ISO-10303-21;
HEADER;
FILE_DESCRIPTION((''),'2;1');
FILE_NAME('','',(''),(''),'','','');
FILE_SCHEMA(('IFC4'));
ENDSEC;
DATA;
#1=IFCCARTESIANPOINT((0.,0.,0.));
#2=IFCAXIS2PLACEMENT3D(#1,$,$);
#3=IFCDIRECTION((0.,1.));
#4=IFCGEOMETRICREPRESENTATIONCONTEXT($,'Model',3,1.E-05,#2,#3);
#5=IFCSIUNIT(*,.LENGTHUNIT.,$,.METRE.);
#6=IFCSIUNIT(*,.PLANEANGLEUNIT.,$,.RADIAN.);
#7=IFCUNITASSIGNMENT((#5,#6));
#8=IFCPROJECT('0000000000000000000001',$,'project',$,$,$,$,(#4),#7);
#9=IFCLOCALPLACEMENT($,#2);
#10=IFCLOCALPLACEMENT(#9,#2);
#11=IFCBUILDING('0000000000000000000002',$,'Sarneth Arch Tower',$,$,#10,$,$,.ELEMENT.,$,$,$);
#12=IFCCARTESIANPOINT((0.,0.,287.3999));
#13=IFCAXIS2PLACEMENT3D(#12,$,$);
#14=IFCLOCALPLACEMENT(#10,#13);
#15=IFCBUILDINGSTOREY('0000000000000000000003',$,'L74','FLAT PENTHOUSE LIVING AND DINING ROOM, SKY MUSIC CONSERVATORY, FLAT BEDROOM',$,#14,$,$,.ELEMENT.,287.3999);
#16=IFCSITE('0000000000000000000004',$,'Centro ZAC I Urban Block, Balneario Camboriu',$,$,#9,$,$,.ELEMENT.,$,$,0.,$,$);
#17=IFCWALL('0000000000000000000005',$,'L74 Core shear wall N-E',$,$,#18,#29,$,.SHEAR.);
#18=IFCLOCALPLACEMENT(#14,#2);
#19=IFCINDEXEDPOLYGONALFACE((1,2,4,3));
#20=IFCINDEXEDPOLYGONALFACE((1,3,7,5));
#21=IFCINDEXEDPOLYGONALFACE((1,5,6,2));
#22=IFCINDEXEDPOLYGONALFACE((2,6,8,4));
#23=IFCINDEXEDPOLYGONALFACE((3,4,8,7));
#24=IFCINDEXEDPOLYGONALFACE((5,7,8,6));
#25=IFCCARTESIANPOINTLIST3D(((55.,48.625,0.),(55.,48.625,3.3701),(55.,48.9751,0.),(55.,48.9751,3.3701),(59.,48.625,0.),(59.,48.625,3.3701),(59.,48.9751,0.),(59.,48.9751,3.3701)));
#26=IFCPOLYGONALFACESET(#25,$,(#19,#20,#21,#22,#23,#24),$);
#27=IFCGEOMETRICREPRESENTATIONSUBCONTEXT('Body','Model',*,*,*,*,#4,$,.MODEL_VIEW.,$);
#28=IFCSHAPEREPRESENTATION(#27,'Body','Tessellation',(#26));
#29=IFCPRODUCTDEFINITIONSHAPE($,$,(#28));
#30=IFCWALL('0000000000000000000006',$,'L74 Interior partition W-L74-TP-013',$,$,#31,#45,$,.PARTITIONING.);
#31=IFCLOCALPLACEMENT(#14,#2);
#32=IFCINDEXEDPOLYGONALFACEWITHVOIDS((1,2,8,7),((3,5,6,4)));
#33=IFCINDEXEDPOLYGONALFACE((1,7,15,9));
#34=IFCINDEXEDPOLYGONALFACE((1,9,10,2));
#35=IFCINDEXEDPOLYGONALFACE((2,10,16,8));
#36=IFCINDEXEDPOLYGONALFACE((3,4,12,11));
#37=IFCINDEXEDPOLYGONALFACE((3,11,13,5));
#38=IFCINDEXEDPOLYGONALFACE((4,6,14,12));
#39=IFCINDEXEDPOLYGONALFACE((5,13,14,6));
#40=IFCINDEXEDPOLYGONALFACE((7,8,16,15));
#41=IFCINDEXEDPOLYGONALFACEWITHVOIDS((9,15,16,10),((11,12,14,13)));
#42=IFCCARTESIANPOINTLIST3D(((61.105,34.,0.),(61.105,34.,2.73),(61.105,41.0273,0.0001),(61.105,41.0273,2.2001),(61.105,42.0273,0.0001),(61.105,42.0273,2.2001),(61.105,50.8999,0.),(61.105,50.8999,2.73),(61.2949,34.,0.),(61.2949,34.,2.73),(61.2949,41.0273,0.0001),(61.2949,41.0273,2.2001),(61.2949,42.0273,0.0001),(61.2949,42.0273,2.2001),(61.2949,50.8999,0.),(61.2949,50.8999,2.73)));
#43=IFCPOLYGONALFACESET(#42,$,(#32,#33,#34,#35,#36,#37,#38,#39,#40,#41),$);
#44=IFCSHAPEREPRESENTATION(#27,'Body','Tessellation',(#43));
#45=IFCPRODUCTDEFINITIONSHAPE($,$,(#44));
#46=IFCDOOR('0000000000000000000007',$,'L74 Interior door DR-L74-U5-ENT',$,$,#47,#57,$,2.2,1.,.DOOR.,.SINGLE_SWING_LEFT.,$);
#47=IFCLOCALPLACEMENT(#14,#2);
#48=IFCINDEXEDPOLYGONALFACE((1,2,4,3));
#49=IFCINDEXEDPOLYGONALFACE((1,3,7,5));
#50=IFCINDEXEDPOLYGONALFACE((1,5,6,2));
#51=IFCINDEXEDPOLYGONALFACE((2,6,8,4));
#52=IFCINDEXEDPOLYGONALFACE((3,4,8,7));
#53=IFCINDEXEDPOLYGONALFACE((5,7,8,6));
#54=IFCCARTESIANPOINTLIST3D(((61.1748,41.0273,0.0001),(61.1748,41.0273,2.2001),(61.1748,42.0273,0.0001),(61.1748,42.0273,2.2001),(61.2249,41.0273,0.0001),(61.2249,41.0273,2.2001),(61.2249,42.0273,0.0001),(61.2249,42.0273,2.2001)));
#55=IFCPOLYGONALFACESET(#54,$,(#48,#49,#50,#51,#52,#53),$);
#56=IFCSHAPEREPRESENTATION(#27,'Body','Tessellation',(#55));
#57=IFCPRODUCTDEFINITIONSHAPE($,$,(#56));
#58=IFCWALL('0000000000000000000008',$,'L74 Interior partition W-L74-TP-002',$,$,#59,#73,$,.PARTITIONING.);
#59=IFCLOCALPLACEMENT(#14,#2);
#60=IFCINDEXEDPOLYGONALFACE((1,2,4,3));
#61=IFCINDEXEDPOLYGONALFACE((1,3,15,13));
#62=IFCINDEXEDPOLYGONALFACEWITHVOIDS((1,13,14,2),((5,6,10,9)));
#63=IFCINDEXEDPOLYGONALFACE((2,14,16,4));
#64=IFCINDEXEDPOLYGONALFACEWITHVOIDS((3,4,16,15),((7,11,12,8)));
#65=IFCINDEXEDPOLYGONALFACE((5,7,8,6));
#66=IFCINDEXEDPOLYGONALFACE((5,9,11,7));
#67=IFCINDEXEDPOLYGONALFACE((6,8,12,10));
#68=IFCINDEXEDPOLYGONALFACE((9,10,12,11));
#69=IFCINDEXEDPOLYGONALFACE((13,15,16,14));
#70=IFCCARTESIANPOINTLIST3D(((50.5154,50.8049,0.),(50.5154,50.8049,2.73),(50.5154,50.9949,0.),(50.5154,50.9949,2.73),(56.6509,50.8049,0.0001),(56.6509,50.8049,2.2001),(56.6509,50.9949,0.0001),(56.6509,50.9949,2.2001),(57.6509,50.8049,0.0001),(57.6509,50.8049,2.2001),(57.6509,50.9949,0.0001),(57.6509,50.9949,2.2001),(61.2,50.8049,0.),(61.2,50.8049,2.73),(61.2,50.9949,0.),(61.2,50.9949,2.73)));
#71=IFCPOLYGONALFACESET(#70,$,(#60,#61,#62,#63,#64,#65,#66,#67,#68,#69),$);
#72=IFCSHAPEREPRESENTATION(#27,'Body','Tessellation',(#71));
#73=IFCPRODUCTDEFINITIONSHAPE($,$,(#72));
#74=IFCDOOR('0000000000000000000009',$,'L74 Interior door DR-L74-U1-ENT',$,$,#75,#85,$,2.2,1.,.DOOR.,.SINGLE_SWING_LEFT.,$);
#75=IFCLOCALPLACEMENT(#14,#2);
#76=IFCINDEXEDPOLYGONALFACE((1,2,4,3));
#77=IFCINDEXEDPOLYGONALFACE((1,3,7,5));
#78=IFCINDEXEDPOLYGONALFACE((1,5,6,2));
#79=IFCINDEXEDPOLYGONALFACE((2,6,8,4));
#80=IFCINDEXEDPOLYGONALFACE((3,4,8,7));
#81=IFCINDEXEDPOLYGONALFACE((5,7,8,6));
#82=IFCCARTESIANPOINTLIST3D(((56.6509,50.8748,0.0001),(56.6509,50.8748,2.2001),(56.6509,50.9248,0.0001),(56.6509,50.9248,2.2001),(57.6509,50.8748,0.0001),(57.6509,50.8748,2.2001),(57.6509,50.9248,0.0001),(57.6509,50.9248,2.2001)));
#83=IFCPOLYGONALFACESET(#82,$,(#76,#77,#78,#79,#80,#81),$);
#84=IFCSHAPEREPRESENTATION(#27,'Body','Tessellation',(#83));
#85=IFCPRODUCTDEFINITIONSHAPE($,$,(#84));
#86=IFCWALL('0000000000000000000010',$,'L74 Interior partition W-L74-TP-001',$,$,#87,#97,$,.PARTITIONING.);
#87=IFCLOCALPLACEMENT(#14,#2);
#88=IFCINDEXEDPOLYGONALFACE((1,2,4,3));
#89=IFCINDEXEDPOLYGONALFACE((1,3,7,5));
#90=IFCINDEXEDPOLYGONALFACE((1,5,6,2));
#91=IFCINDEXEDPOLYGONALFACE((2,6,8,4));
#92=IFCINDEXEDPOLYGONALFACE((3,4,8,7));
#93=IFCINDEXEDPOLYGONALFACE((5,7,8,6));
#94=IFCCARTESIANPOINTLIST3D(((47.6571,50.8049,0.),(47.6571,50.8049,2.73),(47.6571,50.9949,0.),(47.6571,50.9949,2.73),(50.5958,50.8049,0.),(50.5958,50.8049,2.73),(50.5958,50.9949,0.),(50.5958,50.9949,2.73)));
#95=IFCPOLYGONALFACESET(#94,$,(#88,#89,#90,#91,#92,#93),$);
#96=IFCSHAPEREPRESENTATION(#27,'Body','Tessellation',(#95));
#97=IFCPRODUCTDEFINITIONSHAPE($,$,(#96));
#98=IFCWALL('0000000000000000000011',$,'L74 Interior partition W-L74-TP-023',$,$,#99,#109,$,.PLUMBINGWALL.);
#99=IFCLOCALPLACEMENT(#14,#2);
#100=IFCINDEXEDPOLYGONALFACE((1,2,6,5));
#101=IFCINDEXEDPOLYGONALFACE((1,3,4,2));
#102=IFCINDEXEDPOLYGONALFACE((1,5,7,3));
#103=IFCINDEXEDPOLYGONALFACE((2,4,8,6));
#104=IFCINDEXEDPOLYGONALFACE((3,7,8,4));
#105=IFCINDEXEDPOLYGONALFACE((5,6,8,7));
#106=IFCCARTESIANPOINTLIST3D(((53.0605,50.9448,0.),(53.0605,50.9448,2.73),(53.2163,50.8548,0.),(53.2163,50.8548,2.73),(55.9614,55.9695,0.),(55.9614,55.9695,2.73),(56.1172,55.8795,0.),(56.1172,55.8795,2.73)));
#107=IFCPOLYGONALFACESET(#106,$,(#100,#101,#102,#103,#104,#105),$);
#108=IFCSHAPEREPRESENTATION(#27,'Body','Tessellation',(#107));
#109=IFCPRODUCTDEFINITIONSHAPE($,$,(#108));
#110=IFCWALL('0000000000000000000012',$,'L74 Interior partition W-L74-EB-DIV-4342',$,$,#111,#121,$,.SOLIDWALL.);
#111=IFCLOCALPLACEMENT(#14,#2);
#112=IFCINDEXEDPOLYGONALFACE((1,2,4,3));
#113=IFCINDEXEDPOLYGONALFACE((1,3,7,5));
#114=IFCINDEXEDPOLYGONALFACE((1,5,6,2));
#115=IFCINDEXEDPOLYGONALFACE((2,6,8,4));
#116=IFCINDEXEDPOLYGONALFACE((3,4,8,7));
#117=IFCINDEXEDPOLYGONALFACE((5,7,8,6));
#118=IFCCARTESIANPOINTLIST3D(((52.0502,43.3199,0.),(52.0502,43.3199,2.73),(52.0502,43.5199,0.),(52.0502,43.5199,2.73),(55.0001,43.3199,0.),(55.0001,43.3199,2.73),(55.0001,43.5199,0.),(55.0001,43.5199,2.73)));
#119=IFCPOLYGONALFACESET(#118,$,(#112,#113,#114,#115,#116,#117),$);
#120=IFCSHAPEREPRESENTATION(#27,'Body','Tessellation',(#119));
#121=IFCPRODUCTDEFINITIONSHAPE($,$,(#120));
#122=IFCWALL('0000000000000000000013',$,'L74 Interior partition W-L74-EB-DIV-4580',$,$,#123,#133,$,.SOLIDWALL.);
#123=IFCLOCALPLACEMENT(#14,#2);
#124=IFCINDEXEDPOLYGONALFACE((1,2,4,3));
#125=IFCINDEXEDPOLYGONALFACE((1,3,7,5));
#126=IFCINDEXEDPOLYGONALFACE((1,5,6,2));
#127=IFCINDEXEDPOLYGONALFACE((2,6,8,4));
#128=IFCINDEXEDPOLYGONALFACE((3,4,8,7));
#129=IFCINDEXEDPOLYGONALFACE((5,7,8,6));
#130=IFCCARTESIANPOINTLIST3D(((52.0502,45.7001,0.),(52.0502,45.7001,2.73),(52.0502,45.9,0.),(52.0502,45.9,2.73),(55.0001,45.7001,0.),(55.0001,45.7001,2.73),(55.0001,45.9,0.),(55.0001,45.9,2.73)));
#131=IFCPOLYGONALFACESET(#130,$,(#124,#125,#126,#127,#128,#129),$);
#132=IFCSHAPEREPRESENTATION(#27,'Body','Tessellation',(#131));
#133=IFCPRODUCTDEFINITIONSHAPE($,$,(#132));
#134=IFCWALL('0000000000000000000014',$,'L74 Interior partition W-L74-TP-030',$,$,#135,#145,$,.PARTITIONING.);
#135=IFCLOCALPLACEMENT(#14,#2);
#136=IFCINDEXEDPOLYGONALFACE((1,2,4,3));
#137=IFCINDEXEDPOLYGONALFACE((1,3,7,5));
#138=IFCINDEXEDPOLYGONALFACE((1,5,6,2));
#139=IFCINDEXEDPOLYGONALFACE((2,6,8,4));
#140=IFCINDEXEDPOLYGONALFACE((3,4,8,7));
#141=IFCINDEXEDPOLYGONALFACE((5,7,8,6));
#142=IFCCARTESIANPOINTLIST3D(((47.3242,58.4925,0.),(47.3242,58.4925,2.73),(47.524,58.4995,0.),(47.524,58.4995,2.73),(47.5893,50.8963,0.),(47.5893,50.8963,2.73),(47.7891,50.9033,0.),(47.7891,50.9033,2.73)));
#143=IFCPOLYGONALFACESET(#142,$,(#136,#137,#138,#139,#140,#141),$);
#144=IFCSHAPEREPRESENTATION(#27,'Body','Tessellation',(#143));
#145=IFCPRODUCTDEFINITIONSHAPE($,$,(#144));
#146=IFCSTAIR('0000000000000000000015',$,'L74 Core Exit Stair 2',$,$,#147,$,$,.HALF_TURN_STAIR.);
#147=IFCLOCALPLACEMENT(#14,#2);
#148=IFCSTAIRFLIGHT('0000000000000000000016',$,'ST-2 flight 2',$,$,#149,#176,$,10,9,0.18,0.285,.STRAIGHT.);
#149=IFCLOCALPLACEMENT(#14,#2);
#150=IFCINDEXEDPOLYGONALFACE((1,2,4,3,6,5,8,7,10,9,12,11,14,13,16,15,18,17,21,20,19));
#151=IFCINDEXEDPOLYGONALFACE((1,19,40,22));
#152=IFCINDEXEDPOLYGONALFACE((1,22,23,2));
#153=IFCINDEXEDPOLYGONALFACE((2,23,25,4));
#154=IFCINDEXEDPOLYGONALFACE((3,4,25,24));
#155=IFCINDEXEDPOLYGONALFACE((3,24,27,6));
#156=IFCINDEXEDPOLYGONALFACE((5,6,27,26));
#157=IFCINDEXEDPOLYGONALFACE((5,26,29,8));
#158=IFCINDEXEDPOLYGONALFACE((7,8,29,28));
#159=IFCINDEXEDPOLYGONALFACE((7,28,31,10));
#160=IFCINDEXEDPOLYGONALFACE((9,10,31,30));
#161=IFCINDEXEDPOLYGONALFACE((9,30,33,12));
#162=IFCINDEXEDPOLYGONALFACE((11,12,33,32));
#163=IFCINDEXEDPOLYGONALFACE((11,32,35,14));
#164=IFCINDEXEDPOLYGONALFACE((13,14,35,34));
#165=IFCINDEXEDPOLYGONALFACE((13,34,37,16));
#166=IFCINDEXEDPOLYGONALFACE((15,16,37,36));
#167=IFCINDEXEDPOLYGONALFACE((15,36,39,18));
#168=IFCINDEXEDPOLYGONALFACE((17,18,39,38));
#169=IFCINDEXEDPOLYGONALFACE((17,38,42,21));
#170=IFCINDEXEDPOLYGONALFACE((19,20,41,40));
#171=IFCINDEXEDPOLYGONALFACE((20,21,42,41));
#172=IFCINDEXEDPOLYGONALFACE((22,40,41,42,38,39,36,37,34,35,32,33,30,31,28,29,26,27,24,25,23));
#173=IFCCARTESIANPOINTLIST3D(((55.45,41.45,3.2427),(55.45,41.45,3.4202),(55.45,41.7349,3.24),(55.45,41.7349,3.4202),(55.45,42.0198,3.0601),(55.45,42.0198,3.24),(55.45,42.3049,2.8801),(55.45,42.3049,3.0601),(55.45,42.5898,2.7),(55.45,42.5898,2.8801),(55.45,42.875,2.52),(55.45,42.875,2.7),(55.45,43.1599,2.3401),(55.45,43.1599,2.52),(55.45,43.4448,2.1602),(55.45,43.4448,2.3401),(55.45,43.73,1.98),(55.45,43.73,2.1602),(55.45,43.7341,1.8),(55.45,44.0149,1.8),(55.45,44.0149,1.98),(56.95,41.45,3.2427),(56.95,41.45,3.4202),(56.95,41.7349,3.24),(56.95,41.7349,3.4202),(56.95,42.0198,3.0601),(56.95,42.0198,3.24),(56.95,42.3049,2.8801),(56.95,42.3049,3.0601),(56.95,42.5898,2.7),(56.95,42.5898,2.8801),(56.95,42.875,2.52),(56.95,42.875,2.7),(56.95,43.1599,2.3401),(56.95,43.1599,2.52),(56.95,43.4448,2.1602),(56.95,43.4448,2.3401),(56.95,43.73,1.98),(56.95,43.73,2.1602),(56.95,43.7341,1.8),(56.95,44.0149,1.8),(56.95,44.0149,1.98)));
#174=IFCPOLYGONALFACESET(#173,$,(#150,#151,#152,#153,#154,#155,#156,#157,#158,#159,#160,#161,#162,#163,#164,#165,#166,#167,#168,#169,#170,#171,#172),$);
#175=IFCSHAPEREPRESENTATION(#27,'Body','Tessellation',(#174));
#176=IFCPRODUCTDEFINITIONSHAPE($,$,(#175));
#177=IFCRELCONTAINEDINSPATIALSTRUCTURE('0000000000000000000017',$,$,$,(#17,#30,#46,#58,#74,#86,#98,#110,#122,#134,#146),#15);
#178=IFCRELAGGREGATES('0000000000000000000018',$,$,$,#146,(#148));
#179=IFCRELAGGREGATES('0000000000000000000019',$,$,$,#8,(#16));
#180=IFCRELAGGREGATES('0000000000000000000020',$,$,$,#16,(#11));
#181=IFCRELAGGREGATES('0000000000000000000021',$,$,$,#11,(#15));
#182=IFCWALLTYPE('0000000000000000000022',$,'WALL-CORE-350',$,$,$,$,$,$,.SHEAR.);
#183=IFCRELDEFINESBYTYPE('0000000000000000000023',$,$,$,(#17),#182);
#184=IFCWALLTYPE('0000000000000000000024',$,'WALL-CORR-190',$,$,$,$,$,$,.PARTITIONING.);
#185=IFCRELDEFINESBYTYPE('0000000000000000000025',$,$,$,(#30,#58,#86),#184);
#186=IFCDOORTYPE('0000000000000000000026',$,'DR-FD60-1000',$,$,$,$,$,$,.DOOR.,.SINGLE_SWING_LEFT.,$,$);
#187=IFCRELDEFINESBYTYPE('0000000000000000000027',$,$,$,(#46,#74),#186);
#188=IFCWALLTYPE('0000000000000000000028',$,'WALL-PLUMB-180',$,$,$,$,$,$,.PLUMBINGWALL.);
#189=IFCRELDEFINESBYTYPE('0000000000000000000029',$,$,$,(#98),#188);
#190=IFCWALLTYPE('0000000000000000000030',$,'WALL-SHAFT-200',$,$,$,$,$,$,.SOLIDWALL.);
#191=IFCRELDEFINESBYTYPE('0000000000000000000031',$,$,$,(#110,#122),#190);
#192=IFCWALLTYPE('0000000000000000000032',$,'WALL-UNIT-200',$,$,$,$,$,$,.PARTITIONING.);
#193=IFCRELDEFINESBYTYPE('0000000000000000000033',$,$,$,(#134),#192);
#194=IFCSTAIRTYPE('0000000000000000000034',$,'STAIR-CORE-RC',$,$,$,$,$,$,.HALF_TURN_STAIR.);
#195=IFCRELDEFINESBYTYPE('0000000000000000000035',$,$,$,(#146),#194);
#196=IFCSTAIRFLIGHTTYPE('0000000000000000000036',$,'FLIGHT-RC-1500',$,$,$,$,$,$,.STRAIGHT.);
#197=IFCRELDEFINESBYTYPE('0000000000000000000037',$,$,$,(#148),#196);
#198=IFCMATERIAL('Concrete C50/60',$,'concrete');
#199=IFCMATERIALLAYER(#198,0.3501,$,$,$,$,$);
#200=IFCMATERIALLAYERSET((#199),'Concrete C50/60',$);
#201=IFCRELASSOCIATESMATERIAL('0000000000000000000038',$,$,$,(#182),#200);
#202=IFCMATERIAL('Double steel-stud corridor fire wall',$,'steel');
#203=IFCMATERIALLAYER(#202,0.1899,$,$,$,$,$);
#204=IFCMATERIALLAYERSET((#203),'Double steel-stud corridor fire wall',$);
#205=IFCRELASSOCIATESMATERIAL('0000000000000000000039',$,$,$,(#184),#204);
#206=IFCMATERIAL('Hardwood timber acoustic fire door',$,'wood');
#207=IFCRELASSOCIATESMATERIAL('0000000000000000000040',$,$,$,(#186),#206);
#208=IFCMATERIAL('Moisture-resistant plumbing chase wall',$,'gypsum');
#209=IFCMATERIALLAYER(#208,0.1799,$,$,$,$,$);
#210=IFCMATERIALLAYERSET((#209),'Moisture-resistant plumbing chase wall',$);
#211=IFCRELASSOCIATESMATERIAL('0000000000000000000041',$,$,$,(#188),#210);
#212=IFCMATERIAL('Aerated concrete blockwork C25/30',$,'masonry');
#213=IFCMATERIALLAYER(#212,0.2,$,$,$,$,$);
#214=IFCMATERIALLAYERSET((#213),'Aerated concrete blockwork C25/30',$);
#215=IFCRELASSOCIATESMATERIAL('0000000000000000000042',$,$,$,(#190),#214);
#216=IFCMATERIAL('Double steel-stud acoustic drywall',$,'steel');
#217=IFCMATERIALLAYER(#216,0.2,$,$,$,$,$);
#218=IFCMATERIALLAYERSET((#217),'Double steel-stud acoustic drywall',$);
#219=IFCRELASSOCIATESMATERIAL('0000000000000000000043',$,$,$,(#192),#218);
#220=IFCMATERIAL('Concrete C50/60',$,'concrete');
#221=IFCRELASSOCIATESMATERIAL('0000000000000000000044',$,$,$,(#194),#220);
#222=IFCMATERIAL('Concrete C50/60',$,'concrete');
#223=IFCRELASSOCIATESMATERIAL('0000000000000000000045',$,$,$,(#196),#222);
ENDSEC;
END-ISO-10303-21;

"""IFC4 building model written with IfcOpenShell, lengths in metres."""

from ifc_helpers import new_model, si_unit, direction, frame, frame_2d, origin, place, context, subcontext, project, spatial, polyline, rectangle, outline, extrude, material, layer, layer_set, type_object, element, fill, aggregate, save


model = new_model("IFC4")

# Units and contexts
model_context = context("Model", 3, precision=1e-05, world=origin(), true_north=direction((0.0, 1.0)))
body_context = subcontext(model_context, "Body", "Model", "MODEL_VIEW")
ifc_project = project(units=[si_unit("LENGTHUNIT", "METRE"), si_unit("PLANEANGLEUNIT", "RADIAN")], contexts=[model_context])

# Site, building, storey
site_placement = place(None, origin())
site = spatial("IfcSite", under=ifc_project, at=site_placement, Name="Centro ZAC I Urban Block, Balneario Camboriu", CompositionType="ELEMENT", RefElevation=0.0)
building_placement = place(site_placement, origin())
building = spatial("IfcBuilding", under=site, at=building_placement, Name="Sarneth Arch Tower", CompositionType="ELEMENT")
storey_placement = place(building_placement, frame((0.0, 0.0, 287.3999)))
storey = spatial("IfcBuildingStorey", under=building, at=storey_placement, Name="L74", Description="FLAT PENTHOUSE LIVING AND DINING ROOM, SKY MUSIC CONSERVATORY, FLAT BEDROOM", CompositionType="ELEMENT", Elevation=287.3999)

# Wall
ifc_material_1 = material(Name="Concrete C50/60", Category="concrete")
ifc_layer_1 = layer(ifc_material_1, 0.3501)
ifc_layer_set_1 = layer_set([ifc_layer_1], Name="Concrete C50/60")
wall_type_1 = type_object("IfcWallType", Name="WALL-CORE-350", PredefinedType="SHEAR", material=ifc_layer_set_1)
wall_1_placement = place(storey_placement, frame((55.0, 48.8, 0.0), z_axis=(0.0, 0.0, 1.0), x_axis=(1.0, 0.0, 0.0)))
element("IfcWall", 1, at=wall_1_placement, inside=storey, type_object=wall_type_1, Name="L74 Core shear wall N-E", PredefinedType="SHEAR", context=body_context, shape_type="SweptSolid", body=[
    extrude(rectangle(XDim=4.0, YDim=0.3501, at=frame_2d((2.0, 0.0))), origin(), (0.0, 0.0, 1.0), 3.3701),
])

# Walls, openings, doors
ifc_material_2 = material(Name="Double steel-stud corridor fire wall", Category="steel")
ifc_layer_2 = layer(ifc_material_2, 0.1899)
ifc_layer_set_2 = layer_set([ifc_layer_2], Name="Double steel-stud corridor fire wall")
wall_type_2 = type_object("IfcWallType", Name="WALL-CORR-190", PredefinedType="PARTITIONING", material=ifc_layer_set_2)
wall_2_placement = place(storey_placement, frame((61.2, 50.8999, 0.0), z_axis=(0.0, 0.0, 1.0), x_axis=(0.0, -1.0, 0.0)))
wall_2 = element("IfcWall", 2, at=wall_2_placement, inside=storey, type_object=wall_type_2, Name="L74 Interior partition W-L74-TP-013", PredefinedType="PARTITIONING", context=body_context, shape_type="SweptSolid", body=[
    extrude(rectangle(XDim=16.8999, YDim=0.1899, at=frame_2d((8.45, 0.0))), origin(), (0.0, 0.0, 1.0), 2.73),
])
opening_1_placement = place(wall_2_placement, frame((8.8726, 0.0, 0.0)))
opening_1 = element("IfcOpeningElement", 3, at=opening_1_placement, cuts=wall_2, PredefinedType="OPENING", context=body_context, shape_type="SweptSolid", body=[
    extrude(rectangle(XDim=1.0, YDim=2.2, at=frame_2d((0.5, 1.1001))), frame((0.0, 0.105, 0.0), z_axis=(0.0, -1.0, 0.0), x_axis=(1.0, 0.0, 0.0)), (0.0, 0.0, 1.0), 0.21),
])
ifc_material_3 = material(Name="Hardwood timber acoustic fire door", Category="wood")
door_type = type_object("IfcDoorType", Name="DR-FD60-1000", OperationType="SINGLE_SWING_LEFT", PredefinedType="DOOR", material=ifc_material_3)
door_1_placement = place(opening_1_placement, origin())
door_1 = element("IfcDoor", 4, at=door_1_placement, inside=storey, type_object=door_type, Name="L74 Interior door DR-L74-U5-ENT", OperationType="SINGLE_SWING_LEFT", OverallHeight=2.2, OverallWidth=1.0, PredefinedType="DOOR", context=body_context, shape_type="SweptSolid", body=[
    extrude(rectangle(XDim=1.0, YDim=2.2, at=frame_2d((0.5, 1.1001))), frame((0.0, 0.0249, 0.0), z_axis=(0.0, -1.0, 0.0), x_axis=(1.0, 0.0, 0.0)), (0.0, 0.0, 1.0), 0.05),
])
fill(opening_1, door_1)
wall_3_placement = place(storey_placement, frame((50.5154, 50.8999, 0.0), z_axis=(0.0, 0.0, 1.0), x_axis=(1.0, 0.0, 0.0)))
wall_3 = element("IfcWall", 5, at=wall_3_placement, inside=storey, type_object=wall_type_2, Name="L74 Interior partition W-L74-TP-002", PredefinedType="PARTITIONING", context=body_context, shape_type="SweptSolid", body=[
    extrude(rectangle(XDim=10.6846, YDim=0.1899, at=frame_2d((5.3423, 0.0))), origin(), (0.0, 0.0, 1.0), 2.73),
])
opening_2_placement = place(wall_3_placement, frame((6.1355, 0.0, 0.0)))
opening_2 = element("IfcOpeningElement", 6, at=opening_2_placement, cuts=wall_3, PredefinedType="OPENING", context=body_context, shape_type="SweptSolid", body=[
    extrude(rectangle(XDim=1.0, YDim=2.2, at=frame_2d((0.5, 1.1001))), frame((0.0, 0.105, 0.0), z_axis=(0.0, -1.0, 0.0), x_axis=(1.0, 0.0, 0.0)), (0.0, 0.0, 1.0), 0.21),
])
door_2_placement = place(opening_2_placement, origin())
door_2 = element("IfcDoor", 7, at=door_2_placement, inside=storey, type_object=door_type, Name="L74 Interior door DR-L74-U1-ENT", OperationType="SINGLE_SWING_LEFT", OverallHeight=2.2, OverallWidth=1.0, PredefinedType="DOOR", context=body_context, shape_type="SweptSolid", body=[
    extrude(rectangle(XDim=1.0, YDim=2.2, at=frame_2d((0.5, 1.1001))), frame((0.0, 0.0249, 0.0), z_axis=(0.0, -1.0, 0.0), x_axis=(1.0, 0.0, 0.0)), (0.0, 0.0, 1.0), 0.05),
])
fill(opening_2, door_2)

# Walls
wall_4_placement = place(storey_placement, frame((47.6572, 50.8999, 0.0), z_axis=(0.0, 0.0, 1.0), x_axis=(1.0, 0.0, 0.0)))
element("IfcWall", 8, at=wall_4_placement, inside=storey, type_object=wall_type_2, Name="L74 Interior partition W-L74-TP-001", PredefinedType="PARTITIONING", context=body_context, shape_type="SweptSolid", body=[
    extrude(rectangle(XDim=2.9387, YDim=0.1899, at=frame_2d((1.4692, 0.0))), origin(), (0.0, 0.0, 1.0), 2.73),
])
ifc_material_4 = material(Name="Moisture-resistant plumbing chase wall", Category="gypsum")
ifc_layer_3 = layer(ifc_material_4, 0.1799)
ifc_layer_set_3 = layer_set([ifc_layer_3], Name="Moisture-resistant plumbing chase wall")
wall_type_3 = type_object("IfcWallType", Name="WALL-PLUMB-180", PredefinedType="PLUMBINGWALL", material=ifc_layer_set_3)
wall_5_placement = place(storey_placement, frame((53.1384, 50.8999, 0.0), z_axis=(0.0, 0.0, 1.0), x_axis=(0.499986, 0.866034, 0.0)))
element("IfcWall", 9, at=wall_5_placement, inside=storey, type_object=wall_type_3, Name="L74 Interior partition W-L74-TP-023", PredefinedType="PLUMBINGWALL", context=body_context, shape_type="SweptSolid", body=[
    extrude(rectangle(XDim=5.802, YDim=0.1799, at=frame_2d((2.9009, 0.0))), origin(), (0.0, 0.0, 1.0), 2.73),
])
ifc_material_5 = material(Name="Aerated concrete blockwork C25/30", Category="masonry")
ifc_layer_4 = layer(ifc_material_5, 0.2)
ifc_layer_set_4 = layer_set([ifc_layer_4], Name="Aerated concrete blockwork C25/30")
wall_type_4 = type_object("IfcWallType", Name="WALL-SHAFT-200", PredefinedType="SOLIDWALL", material=ifc_layer_set_4)
for number, where, z_axis, x_axis, name in (
    (10, (52.05, 43.4199, 0.0), (0.0, 0.0, 1.0), (1.0, 0.0, 0.0), "L74 Interior partition W-L74-EB-DIV-4342"),
    (11, (52.05, 45.8, 0.0), (0.0, 0.0, 1.0), (1.0, 0.0, 0.0), "L74 Interior partition W-L74-EB-DIV-4580"),
):
    element("IfcWall", number, at=place(storey_placement, frame(where, z_axis=z_axis, x_axis=x_axis)), inside=storey, type_object=wall_type_4, Name=name, PredefinedType="SOLIDWALL", context=body_context, shape_type="SweptSolid", body=[
        extrude(rectangle(XDim=2.95, YDim=0.2, at=frame_2d((1.4751, 0.0))), origin(), (0.0, 0.0, 1.0), 2.73),
    ])
ifc_material_6 = material(Name="Double steel-stud acoustic drywall", Category="steel")
ifc_layer_5 = layer(ifc_material_6, 0.2)
ifc_layer_set_5 = layer_set([ifc_layer_5], Name="Double steel-stud acoustic drywall")
wall_type_5 = type_object("IfcWallType", Name="WALL-UNIT-200", PredefinedType="PARTITIONING", material=ifc_layer_set_5)
wall_6_placement = place(storey_placement, frame((47.6892, 50.8999, 0.0), z_axis=(0.0, 0.0, 1.0), x_axis=(-0.034883, 0.999391, 0.0)))
element("IfcWall", 12, at=wall_6_placement, inside=storey, type_object=wall_type_5, Name="L74 Interior partition W-L74-TP-030", PredefinedType="PARTITIONING", context=body_context, shape_type="SweptSolid", body=[
    extrude(rectangle(XDim=7.6008, YDim=0.2, at=frame_2d((3.8003, 0.0))), origin(), (0.0, 0.0, 1.0), 2.73),
])

# Stair, stair flight
ifc_material_7 = material(Name="Concrete C50/60", Category="concrete")
stair_type = type_object("IfcStairType", Name="STAIR-CORE-RC", PredefinedType="HALF_TURN_STAIR", material=ifc_material_7)
stair_placement = place(storey_placement, origin())
stair = element("IfcStair", 13, at=stair_placement, inside=storey, type_object=stair_type, Name="L74 Core Exit Stair 2", PredefinedType="HALF_TURN_STAIR")
ifc_material_8 = material(Name="Concrete C50/60", Category="concrete")
stair_flight_type = type_object("IfcStairFlightType", Name="FLIGHT-RC-1500", PredefinedType="STRAIGHT", material=ifc_material_8)
stair_flight_placement = place(storey_placement, frame((56.2, 44.0149, 1.8), z_axis=(0.0, 0.0, 1.0), x_axis=(0.0, -1.0, 0.0)))
stair_flight = element("IfcStairFlight", 14, at=stair_flight_placement, type_object=stair_flight_type, Name="ST-2 flight 2", NumberOfRisers=10, NumberOfTreads=9, PredefinedType="STRAIGHT", RiserHeight=0.18, TreadLength=0.285, context=body_context, shape_type="SweptSolid", body=[
    extrude(outline(polyline([(0.0, 0.0), (0.0, 0.1799), (0.2849, 0.1799), (0.2849, 0.3601), (0.5701, 0.3601), (0.5701, 0.54), (0.855, 0.54), (0.855, 0.72), (1.1399, 0.72), (1.1399, 0.8999), (1.425, 0.8999), (1.425, 1.0801), (1.71, 1.0801), (1.71, 1.26), (1.9951, 1.26), (1.9951, 1.4399), (2.28, 1.4399), (2.28, 1.6201), (2.5649, 1.6201), (2.5649, 1.8), (2.5649, 1.4426), (0.2808, 0.0), (0.0, 0.0)])), frame((0.0, 0.75, 0.0), z_axis=(0.0, -1.0, 0.0), x_axis=(1.0, 0.0, 0.0)), (0.0, 0.0, 1.0), 1.5),
])
aggregate(stair, [stair_flight])

save(model, "model.ifc")
